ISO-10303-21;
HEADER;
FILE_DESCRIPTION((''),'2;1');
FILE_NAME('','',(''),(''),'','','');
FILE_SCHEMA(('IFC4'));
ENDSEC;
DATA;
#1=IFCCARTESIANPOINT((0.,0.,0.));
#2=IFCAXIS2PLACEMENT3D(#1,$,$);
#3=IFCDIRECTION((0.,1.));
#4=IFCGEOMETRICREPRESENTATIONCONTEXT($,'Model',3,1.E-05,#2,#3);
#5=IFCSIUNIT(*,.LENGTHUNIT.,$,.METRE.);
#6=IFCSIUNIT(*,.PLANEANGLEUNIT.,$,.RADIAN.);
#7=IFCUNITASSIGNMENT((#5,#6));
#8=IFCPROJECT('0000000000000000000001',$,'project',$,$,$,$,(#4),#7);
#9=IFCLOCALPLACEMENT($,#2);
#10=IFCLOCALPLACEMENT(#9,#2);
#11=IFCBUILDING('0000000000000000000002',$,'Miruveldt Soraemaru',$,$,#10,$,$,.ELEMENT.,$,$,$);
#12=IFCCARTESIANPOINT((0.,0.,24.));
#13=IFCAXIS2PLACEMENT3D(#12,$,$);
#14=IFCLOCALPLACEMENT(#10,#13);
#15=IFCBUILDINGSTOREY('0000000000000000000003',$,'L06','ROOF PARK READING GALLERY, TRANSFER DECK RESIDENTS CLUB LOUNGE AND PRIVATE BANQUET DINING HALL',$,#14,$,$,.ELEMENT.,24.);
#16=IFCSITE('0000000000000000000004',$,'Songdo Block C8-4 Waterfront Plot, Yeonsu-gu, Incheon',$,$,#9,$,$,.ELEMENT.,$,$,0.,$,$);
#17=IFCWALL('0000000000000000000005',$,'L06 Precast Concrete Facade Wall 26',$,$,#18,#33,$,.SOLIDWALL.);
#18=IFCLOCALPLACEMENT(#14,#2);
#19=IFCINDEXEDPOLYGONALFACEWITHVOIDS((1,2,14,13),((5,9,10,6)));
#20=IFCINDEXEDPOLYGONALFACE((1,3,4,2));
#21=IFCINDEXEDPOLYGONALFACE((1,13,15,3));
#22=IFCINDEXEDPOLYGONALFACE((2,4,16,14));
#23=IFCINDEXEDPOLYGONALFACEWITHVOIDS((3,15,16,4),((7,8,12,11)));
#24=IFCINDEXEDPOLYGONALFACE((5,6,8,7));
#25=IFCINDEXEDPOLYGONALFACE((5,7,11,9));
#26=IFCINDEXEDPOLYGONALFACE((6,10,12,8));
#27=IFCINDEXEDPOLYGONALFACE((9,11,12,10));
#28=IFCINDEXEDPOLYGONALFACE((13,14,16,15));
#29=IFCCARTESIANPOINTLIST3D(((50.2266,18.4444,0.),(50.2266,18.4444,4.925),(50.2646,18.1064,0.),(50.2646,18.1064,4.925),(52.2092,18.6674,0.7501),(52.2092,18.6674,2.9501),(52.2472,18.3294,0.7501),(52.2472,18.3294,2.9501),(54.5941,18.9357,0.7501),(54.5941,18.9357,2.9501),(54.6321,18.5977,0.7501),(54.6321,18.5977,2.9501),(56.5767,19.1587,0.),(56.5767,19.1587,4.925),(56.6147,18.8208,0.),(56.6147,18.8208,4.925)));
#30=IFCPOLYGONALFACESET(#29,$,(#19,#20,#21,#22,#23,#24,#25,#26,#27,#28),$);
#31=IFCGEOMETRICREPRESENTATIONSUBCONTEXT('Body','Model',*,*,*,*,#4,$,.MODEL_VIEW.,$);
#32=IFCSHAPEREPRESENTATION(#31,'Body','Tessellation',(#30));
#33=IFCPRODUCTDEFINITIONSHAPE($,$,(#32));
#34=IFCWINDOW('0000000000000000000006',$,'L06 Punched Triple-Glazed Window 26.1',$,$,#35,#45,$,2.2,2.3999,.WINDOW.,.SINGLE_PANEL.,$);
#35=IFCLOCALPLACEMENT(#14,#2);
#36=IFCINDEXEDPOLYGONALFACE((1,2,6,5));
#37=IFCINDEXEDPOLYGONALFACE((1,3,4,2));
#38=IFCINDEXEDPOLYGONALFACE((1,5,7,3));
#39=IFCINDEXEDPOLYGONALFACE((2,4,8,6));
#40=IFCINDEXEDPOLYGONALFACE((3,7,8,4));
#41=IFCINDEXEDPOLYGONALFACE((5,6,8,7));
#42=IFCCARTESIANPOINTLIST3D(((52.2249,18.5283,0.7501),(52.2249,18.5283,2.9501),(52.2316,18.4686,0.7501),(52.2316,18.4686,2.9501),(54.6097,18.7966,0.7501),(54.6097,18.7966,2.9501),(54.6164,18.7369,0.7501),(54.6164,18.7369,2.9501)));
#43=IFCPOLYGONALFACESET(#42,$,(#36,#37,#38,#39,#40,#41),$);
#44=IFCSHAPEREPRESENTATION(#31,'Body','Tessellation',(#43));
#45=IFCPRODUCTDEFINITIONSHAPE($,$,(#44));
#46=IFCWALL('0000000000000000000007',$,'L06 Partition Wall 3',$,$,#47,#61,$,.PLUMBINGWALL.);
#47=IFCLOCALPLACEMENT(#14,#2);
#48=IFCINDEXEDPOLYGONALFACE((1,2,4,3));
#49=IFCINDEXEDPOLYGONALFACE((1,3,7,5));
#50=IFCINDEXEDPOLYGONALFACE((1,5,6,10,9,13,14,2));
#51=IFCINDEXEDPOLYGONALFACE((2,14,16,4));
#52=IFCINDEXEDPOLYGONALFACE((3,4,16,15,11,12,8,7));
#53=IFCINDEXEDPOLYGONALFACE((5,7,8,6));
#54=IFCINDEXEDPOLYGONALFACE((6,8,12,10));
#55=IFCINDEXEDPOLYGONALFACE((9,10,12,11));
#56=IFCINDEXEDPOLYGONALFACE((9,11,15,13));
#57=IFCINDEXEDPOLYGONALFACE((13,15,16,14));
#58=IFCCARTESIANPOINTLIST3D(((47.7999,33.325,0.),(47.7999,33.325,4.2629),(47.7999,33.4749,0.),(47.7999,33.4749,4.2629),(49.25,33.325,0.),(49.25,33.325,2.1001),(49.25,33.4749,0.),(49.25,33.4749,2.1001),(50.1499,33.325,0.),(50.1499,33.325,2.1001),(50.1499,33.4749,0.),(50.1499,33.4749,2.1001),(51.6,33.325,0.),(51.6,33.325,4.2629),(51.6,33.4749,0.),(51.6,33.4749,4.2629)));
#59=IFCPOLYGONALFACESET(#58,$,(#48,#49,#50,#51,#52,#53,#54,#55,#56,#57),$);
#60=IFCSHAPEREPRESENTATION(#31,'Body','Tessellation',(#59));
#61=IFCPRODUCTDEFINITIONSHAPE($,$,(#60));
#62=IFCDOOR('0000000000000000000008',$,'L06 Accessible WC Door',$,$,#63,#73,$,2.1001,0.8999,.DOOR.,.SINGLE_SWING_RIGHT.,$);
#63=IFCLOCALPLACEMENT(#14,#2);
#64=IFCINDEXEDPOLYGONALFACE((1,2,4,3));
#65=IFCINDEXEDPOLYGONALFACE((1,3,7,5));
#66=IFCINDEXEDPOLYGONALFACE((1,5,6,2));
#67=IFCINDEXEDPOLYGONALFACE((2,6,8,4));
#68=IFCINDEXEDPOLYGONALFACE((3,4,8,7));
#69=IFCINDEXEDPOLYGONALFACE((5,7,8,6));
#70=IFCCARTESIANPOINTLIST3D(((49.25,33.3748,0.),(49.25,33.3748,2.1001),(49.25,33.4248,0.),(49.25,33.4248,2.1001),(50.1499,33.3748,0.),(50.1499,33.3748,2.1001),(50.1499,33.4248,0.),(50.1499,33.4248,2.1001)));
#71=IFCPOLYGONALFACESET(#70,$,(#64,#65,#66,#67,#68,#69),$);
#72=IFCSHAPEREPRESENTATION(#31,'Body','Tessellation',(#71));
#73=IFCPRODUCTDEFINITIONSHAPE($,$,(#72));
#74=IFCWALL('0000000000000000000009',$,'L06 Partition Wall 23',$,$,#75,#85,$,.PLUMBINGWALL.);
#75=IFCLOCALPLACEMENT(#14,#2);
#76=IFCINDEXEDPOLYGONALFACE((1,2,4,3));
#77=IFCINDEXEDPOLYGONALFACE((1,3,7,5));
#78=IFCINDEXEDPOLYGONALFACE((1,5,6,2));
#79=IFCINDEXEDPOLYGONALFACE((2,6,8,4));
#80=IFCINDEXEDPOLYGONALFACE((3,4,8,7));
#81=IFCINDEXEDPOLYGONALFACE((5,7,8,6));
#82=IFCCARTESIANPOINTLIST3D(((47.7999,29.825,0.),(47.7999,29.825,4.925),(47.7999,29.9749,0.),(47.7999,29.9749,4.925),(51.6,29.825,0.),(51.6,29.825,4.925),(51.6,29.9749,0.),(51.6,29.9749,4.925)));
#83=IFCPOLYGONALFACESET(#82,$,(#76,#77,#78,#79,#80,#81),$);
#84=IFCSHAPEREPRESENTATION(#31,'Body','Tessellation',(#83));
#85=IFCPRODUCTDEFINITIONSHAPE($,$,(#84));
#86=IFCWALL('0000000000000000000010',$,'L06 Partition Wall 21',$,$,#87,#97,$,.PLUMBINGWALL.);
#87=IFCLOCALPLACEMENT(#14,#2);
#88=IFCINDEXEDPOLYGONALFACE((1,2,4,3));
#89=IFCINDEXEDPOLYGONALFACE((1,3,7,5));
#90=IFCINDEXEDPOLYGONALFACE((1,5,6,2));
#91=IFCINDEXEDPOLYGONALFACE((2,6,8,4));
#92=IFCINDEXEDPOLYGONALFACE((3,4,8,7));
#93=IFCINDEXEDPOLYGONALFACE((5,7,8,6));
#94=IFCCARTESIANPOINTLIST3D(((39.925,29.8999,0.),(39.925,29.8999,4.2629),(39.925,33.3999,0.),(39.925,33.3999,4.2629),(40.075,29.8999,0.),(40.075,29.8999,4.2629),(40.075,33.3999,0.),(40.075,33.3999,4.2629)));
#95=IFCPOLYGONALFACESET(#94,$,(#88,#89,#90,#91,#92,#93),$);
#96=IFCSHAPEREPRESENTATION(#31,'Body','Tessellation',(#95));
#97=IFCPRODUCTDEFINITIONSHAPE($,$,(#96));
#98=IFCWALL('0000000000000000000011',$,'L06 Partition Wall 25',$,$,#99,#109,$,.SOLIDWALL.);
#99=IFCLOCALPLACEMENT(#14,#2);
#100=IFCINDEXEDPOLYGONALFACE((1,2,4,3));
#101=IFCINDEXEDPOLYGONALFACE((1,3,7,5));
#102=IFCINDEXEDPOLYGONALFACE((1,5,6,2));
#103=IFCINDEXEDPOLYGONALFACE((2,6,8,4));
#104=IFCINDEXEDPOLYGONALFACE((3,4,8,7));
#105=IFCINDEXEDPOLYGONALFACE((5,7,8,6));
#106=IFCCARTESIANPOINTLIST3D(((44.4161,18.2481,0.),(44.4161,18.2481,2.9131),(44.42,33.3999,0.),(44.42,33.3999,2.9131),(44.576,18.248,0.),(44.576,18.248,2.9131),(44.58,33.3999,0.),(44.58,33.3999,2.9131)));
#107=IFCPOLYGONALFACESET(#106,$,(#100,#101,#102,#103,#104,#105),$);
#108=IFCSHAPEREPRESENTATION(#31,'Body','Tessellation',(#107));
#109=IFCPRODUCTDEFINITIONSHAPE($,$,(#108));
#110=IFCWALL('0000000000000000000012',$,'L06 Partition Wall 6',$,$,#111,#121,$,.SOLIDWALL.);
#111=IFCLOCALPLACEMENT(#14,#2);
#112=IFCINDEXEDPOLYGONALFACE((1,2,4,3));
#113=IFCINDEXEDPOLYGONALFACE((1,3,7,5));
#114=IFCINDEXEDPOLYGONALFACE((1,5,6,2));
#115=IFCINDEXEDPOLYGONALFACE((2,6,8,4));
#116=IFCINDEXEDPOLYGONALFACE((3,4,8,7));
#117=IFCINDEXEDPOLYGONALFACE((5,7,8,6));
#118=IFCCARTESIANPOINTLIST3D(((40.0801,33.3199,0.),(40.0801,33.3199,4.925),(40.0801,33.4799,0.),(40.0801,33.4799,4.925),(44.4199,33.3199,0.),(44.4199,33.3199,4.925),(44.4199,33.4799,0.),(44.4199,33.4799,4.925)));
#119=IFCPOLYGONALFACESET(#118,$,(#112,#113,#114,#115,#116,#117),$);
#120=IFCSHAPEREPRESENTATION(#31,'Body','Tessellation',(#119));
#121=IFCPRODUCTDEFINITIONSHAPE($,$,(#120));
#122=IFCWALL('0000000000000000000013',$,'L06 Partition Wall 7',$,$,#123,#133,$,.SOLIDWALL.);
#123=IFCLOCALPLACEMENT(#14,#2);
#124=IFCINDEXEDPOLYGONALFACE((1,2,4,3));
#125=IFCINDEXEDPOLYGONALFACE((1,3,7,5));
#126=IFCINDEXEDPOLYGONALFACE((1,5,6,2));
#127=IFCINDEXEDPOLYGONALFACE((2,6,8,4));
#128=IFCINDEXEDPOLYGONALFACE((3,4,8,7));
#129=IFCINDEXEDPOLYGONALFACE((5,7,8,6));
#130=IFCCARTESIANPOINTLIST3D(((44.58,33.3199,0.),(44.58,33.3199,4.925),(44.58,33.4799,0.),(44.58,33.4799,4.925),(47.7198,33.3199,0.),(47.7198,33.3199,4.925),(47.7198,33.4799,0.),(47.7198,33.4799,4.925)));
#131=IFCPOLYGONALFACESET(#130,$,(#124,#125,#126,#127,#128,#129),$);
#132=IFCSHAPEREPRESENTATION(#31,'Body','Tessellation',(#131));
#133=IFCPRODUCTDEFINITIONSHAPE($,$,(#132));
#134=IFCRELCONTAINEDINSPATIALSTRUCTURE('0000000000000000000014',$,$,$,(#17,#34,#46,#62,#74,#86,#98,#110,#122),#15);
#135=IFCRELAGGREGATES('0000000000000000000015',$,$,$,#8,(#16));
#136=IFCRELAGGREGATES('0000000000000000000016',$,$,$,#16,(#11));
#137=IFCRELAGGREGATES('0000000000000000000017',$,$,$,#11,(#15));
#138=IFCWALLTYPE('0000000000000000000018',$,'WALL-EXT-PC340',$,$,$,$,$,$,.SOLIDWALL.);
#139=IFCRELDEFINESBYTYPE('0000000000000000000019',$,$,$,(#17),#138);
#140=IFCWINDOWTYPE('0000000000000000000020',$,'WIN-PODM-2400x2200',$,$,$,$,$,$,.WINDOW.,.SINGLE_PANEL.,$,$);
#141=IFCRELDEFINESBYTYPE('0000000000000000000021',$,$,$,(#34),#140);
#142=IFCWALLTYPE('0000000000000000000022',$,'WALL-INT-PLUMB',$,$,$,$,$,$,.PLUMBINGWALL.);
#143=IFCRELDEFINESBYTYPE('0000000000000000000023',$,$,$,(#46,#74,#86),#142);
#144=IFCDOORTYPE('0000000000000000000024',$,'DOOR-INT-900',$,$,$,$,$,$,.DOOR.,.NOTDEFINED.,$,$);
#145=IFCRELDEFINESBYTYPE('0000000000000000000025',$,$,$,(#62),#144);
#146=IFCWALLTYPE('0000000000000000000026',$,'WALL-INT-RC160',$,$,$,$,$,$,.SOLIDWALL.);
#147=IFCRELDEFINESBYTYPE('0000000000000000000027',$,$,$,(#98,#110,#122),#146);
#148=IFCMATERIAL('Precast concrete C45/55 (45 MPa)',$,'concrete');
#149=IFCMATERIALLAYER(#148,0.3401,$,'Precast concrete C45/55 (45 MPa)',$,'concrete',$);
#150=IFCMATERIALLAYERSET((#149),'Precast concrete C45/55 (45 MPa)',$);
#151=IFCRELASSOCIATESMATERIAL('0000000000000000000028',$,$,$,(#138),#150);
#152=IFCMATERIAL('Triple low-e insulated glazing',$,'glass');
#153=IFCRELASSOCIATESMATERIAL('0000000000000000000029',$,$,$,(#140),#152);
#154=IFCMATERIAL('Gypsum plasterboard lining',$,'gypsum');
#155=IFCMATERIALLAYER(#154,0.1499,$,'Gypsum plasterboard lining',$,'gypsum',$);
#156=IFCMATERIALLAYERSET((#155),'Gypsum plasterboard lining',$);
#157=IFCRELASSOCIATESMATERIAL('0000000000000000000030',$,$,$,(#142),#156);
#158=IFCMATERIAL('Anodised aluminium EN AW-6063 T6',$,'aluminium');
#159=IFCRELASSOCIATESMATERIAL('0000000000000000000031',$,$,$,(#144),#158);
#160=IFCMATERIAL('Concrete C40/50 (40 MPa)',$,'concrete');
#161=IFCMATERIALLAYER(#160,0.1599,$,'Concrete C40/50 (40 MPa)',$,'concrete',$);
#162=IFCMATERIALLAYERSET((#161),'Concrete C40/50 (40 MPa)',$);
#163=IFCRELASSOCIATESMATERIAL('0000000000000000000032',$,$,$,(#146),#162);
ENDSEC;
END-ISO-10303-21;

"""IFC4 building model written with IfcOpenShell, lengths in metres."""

from ifc_helpers import new_model, si_unit, direction, frame, frame_2d, origin, place, context, subcontext, project, spatial, rectangle, extrude, material, layer, layer_set, type_object, element, fill, save


model = new_model("IFC4")

# Units and contexts
model_context = context("Model", 3, precision=1e-05, world=origin(), true_north=direction((0.0, 1.0)))
body_context = subcontext(model_context, "Body", "Model", "MODEL_VIEW")
ifc_project = project(units=[si_unit("LENGTHUNIT", "METRE"), si_unit("PLANEANGLEUNIT", "RADIAN")], contexts=[model_context])

# Site, building, storey
site_placement = place(None, origin())
site = spatial("IfcSite", under=ifc_project, at=site_placement, Name="Songdo Block C8-4 Waterfront Plot, Yeonsu-gu, Incheon", CompositionType="ELEMENT", RefElevation=0.0)
building_placement = place(site_placement, origin())
building = spatial("IfcBuilding", under=site, at=building_placement, Name="Miruveldt Soraemaru", CompositionType="ELEMENT")
storey_placement = place(building_placement, frame((0.0, 0.0, 24.0)))
storey = spatial("IfcBuildingStorey", under=building, at=storey_placement, Name="L06", Description="ROOF PARK READING GALLERY, TRANSFER DECK RESIDENTS CLUB LOUNGE AND PRIVATE BANQUET DINING HALL", CompositionType="ELEMENT", Elevation=24.0)

# Shared definitions
ifc_material_1 = material(Name="Anodised aluminium EN AW-6063 T6", Category="aluminium")

# Shared definitions
ifc_material_2 = material(Name="Precast concrete C45/55 (45 MPa)", Category="concrete")
ifc_layer_1 = layer(ifc_material_2, 0.3401, Name="Precast concrete C45/55 (45 MPa)", Category="concrete")
ifc_layer_set_1 = layer_set([ifc_layer_1], Name="Precast concrete C45/55 (45 MPa)")
wall_type_1 = type_object("IfcWallType", Name="WALL-EXT-PC340", PredefinedType="SOLIDWALL", material=ifc_layer_set_1)

# Wall, opening, window
ifc_material_3 = material(Name="Triple low-e insulated glazing", Category="glass")
window_type = type_object("IfcWindowType", Name="WIN-PODM-2400x2200", PartitioningType="SINGLE_PANEL", PredefinedType="WINDOW", material=ifc_material_3)
wall_1_placement = place(storey_placement, frame((50.2456, 18.2754, 0.0), z_axis=(0.0, 0.0, 1.0), x_axis=(0.993732, 0.11179, 0.0)))
wall_1 = element("IfcWall", 1, at=wall_1_placement, inside=storey, type_object=wall_type_1, Name="L06 Precast Concrete Facade Wall 26", PredefinedType="SOLIDWALL", context=body_context, shape_type="SweptSolid", body=[
    extrude(rectangle(XDim=6.3901, YDim=0.3401, at=frame_2d((3.1951, 0.0))), origin(), (0.0, 0.0, 1.0), 4.925),
])
opening_1_placement = place(wall_1_placement, frame((1.9951, 0.0, 0.75)))
opening_1 = element("IfcOpeningElement", 2, at=opening_1_placement, cuts=wall_1, PredefinedType="OPENING", context=body_context, shape_type="SweptSolid", body=[
    extrude(rectangle(XDim=2.3999, YDim=2.2, at=frame_2d((1.2, 1.1001))), frame((0.0, 0.1802, 0.0), z_axis=(0.0, -1.0, 0.0), x_axis=(1.0, 0.0, 0.0)), (0.0, 0.0, 1.0), 0.3601),
])
window_1_placement = place(opening_1_placement, origin())
window_1 = element("IfcWindow", 3, at=window_1_placement, inside=storey, type_object=window_type, Name="L06 Punched Triple-Glazed Window 26.1", OverallHeight=2.2, OverallWidth=2.3999, PartitioningType="SINGLE_PANEL", PredefinedType="WINDOW", context=body_context, shape_type="SweptSolid", body=[
    extrude(rectangle(XDim=2.3999, YDim=2.2, at=frame_2d((1.2, 1.1001))), frame((0.0, 0.03, 0.0), z_axis=(0.0, -1.0, 0.0), x_axis=(1.0, 0.0, 0.0)), (0.0, 0.0, 1.0), 0.0601),
])
fill(opening_1, window_1)

# Wall, opening, door
ifc_material_4 = material(Name="Gypsum plasterboard lining", Category="gypsum")
ifc_layer_2 = layer(ifc_material_4, 0.1499, Name="Gypsum plasterboard lining", Category="gypsum")
ifc_layer_set_2 = layer_set([ifc_layer_2], Name="Gypsum plasterboard lining")
wall_type_2 = type_object("IfcWallType", Name="WALL-INT-PLUMB", PredefinedType="PLUMBINGWALL", material=ifc_layer_set_2)
wall_2_placement = place(storey_placement, frame((47.8, 33.3999, 0.0), z_axis=(0.0, 0.0, 1.0), x_axis=(1.0, 0.0, 0.0)))
wall_2 = element("IfcWall", 4, at=wall_2_placement, inside=storey, type_object=wall_type_2, Name="L06 Partition Wall 3", PredefinedType="PLUMBINGWALL", context=body_context, shape_type="SweptSolid", body=[
    extrude(rectangle(XDim=3.8, YDim=0.1499, at=frame_2d((1.8999, 0.0))), origin(), (0.0, 0.0, 1.0), 4.2629),
])
opening_2_placement = place(wall_2_placement, frame((1.45, 0.0, 0.0)))
opening_2 = element("IfcOpeningElement", 5, at=opening_2_placement, cuts=wall_2, PredefinedType="OPENING", context=body_context, shape_type="SweptSolid", body=[
    extrude(rectangle(XDim=0.8999, YDim=2.1001, at=frame_2d((0.45, 1.05))), frame((0.0, 0.085, 0.0), z_axis=(0.0, -1.0, 0.0), x_axis=(1.0, 0.0, 0.0)), (0.0, 0.0, 1.0), 0.1699),
])
door_type_1 = type_object("IfcDoorType", Name="DOOR-INT-900", OperationType="NOTDEFINED", PredefinedType="DOOR", material=ifc_material_1)
door_1_placement = place(opening_2_placement, origin())
door_1 = element("IfcDoor", 6, at=door_1_placement, inside=storey, type_object=door_type_1, Name="L06 Accessible WC Door", OperationType="SINGLE_SWING_RIGHT", OverallHeight=2.1001, OverallWidth=0.8999, PredefinedType="DOOR", context=body_context, shape_type="SweptSolid", body=[
    extrude(rectangle(XDim=0.8999, YDim=2.1001, at=frame_2d((0.45, 1.05))), frame((0.0, 0.0249, 0.0), z_axis=(0.0, -1.0, 0.0), x_axis=(1.0, 0.0, 0.0)), (0.0, 0.0, 1.0), 0.05),
])
fill(opening_2, door_1)

# Walls
wall_3_placement = place(storey_placement, frame((47.8, 29.8999, 0.0), z_axis=(0.0, 0.0, 1.0), x_axis=(1.0, 0.0, 0.0)))
element("IfcWall", 7, at=wall_3_placement, inside=storey, type_object=wall_type_2, Name="L06 Partition Wall 23", PredefinedType="PLUMBINGWALL", context=body_context, shape_type="SweptSolid", body=[
    extrude(rectangle(XDim=3.8, YDim=0.1499, at=frame_2d((1.8999, 0.0))), origin(), (0.0, 0.0, 1.0), 4.925),
])
wall_4_placement = place(storey_placement, frame((40.0, 29.8999, 0.0), z_axis=(0.0, 0.0, 1.0), x_axis=(0.0, 1.0, 0.0)))
element("IfcWall", 8, at=wall_4_placement, inside=storey, type_object=wall_type_2, Name="L06 Partition Wall 21", PredefinedType="PLUMBINGWALL", context=body_context, shape_type="SweptSolid", body=[
    extrude(rectangle(XDim=3.5, YDim=0.1499, at=frame_2d((1.75, 0.0))), origin(), (0.0, 0.0, 1.0), 4.2629),
])
ifc_material_5 = material(Name="Concrete C40/50 (40 MPa)", Category="concrete")
ifc_layer_3 = layer(ifc_material_5, 0.1599, Name="Concrete C40/50 (40 MPa)", Category="concrete")
ifc_layer_set_3 = layer_set([ifc_layer_3], Name="Concrete C40/50 (40 MPa)")
wall_type_3 = type_object("IfcWallType", Name="WALL-INT-RC160", PredefinedType="SOLIDWALL", material=ifc_layer_set_3)
wall_5_placement = place(storey_placement, frame((44.4961, 18.248, 0.0), z_axis=(0.0, 0.0, 1.0), x_axis=(0.000258, 1.0, 0.0)))
element("IfcWall", 9, at=wall_5_placement, inside=storey, type_object=wall_type_3, Name="L06 Partition Wall 25", PredefinedType="SOLIDWALL", context=body_context, shape_type="SweptSolid", body=[
    extrude(rectangle(XDim=15.1519, YDim=0.1599, at=frame_2d((7.5759, 0.0))), origin(), (0.0, 0.0, 1.0), 2.9131),
])
wall_6_placement = place(storey_placement, frame((40.0801, 33.3999, 0.0), z_axis=(0.0, 0.0, 1.0), x_axis=(1.0, 0.0, 0.0)))
element("IfcWall", 10, at=wall_6_placement, inside=storey, type_object=wall_type_3, Name="L06 Partition Wall 6", PredefinedType="SOLIDWALL", context=body_context, shape_type="SweptSolid", body=[
    extrude(rectangle(XDim=4.3398, YDim=0.1599, at=frame_2d((2.1699, 0.0))), origin(), (0.0, 0.0, 1.0), 4.925),
])
wall_7_placement = place(storey_placement, frame((44.5801, 33.3999, 0.0), z_axis=(0.0, 0.0, 1.0), x_axis=(1.0, 0.0, 0.0)))
element("IfcWall", 11, at=wall_7_placement, inside=storey, type_object=wall_type_3, Name="L06 Partition Wall 7", PredefinedType="SOLIDWALL", context=body_context, shape_type="SweptSolid", body=[
    extrude(rectangle(XDim=3.1399, YDim=0.1599, at=frame_2d((1.5698, 0.0))), origin(), (0.0, 0.0, 1.0), 4.925),
])

save(model, "model.ifc")
